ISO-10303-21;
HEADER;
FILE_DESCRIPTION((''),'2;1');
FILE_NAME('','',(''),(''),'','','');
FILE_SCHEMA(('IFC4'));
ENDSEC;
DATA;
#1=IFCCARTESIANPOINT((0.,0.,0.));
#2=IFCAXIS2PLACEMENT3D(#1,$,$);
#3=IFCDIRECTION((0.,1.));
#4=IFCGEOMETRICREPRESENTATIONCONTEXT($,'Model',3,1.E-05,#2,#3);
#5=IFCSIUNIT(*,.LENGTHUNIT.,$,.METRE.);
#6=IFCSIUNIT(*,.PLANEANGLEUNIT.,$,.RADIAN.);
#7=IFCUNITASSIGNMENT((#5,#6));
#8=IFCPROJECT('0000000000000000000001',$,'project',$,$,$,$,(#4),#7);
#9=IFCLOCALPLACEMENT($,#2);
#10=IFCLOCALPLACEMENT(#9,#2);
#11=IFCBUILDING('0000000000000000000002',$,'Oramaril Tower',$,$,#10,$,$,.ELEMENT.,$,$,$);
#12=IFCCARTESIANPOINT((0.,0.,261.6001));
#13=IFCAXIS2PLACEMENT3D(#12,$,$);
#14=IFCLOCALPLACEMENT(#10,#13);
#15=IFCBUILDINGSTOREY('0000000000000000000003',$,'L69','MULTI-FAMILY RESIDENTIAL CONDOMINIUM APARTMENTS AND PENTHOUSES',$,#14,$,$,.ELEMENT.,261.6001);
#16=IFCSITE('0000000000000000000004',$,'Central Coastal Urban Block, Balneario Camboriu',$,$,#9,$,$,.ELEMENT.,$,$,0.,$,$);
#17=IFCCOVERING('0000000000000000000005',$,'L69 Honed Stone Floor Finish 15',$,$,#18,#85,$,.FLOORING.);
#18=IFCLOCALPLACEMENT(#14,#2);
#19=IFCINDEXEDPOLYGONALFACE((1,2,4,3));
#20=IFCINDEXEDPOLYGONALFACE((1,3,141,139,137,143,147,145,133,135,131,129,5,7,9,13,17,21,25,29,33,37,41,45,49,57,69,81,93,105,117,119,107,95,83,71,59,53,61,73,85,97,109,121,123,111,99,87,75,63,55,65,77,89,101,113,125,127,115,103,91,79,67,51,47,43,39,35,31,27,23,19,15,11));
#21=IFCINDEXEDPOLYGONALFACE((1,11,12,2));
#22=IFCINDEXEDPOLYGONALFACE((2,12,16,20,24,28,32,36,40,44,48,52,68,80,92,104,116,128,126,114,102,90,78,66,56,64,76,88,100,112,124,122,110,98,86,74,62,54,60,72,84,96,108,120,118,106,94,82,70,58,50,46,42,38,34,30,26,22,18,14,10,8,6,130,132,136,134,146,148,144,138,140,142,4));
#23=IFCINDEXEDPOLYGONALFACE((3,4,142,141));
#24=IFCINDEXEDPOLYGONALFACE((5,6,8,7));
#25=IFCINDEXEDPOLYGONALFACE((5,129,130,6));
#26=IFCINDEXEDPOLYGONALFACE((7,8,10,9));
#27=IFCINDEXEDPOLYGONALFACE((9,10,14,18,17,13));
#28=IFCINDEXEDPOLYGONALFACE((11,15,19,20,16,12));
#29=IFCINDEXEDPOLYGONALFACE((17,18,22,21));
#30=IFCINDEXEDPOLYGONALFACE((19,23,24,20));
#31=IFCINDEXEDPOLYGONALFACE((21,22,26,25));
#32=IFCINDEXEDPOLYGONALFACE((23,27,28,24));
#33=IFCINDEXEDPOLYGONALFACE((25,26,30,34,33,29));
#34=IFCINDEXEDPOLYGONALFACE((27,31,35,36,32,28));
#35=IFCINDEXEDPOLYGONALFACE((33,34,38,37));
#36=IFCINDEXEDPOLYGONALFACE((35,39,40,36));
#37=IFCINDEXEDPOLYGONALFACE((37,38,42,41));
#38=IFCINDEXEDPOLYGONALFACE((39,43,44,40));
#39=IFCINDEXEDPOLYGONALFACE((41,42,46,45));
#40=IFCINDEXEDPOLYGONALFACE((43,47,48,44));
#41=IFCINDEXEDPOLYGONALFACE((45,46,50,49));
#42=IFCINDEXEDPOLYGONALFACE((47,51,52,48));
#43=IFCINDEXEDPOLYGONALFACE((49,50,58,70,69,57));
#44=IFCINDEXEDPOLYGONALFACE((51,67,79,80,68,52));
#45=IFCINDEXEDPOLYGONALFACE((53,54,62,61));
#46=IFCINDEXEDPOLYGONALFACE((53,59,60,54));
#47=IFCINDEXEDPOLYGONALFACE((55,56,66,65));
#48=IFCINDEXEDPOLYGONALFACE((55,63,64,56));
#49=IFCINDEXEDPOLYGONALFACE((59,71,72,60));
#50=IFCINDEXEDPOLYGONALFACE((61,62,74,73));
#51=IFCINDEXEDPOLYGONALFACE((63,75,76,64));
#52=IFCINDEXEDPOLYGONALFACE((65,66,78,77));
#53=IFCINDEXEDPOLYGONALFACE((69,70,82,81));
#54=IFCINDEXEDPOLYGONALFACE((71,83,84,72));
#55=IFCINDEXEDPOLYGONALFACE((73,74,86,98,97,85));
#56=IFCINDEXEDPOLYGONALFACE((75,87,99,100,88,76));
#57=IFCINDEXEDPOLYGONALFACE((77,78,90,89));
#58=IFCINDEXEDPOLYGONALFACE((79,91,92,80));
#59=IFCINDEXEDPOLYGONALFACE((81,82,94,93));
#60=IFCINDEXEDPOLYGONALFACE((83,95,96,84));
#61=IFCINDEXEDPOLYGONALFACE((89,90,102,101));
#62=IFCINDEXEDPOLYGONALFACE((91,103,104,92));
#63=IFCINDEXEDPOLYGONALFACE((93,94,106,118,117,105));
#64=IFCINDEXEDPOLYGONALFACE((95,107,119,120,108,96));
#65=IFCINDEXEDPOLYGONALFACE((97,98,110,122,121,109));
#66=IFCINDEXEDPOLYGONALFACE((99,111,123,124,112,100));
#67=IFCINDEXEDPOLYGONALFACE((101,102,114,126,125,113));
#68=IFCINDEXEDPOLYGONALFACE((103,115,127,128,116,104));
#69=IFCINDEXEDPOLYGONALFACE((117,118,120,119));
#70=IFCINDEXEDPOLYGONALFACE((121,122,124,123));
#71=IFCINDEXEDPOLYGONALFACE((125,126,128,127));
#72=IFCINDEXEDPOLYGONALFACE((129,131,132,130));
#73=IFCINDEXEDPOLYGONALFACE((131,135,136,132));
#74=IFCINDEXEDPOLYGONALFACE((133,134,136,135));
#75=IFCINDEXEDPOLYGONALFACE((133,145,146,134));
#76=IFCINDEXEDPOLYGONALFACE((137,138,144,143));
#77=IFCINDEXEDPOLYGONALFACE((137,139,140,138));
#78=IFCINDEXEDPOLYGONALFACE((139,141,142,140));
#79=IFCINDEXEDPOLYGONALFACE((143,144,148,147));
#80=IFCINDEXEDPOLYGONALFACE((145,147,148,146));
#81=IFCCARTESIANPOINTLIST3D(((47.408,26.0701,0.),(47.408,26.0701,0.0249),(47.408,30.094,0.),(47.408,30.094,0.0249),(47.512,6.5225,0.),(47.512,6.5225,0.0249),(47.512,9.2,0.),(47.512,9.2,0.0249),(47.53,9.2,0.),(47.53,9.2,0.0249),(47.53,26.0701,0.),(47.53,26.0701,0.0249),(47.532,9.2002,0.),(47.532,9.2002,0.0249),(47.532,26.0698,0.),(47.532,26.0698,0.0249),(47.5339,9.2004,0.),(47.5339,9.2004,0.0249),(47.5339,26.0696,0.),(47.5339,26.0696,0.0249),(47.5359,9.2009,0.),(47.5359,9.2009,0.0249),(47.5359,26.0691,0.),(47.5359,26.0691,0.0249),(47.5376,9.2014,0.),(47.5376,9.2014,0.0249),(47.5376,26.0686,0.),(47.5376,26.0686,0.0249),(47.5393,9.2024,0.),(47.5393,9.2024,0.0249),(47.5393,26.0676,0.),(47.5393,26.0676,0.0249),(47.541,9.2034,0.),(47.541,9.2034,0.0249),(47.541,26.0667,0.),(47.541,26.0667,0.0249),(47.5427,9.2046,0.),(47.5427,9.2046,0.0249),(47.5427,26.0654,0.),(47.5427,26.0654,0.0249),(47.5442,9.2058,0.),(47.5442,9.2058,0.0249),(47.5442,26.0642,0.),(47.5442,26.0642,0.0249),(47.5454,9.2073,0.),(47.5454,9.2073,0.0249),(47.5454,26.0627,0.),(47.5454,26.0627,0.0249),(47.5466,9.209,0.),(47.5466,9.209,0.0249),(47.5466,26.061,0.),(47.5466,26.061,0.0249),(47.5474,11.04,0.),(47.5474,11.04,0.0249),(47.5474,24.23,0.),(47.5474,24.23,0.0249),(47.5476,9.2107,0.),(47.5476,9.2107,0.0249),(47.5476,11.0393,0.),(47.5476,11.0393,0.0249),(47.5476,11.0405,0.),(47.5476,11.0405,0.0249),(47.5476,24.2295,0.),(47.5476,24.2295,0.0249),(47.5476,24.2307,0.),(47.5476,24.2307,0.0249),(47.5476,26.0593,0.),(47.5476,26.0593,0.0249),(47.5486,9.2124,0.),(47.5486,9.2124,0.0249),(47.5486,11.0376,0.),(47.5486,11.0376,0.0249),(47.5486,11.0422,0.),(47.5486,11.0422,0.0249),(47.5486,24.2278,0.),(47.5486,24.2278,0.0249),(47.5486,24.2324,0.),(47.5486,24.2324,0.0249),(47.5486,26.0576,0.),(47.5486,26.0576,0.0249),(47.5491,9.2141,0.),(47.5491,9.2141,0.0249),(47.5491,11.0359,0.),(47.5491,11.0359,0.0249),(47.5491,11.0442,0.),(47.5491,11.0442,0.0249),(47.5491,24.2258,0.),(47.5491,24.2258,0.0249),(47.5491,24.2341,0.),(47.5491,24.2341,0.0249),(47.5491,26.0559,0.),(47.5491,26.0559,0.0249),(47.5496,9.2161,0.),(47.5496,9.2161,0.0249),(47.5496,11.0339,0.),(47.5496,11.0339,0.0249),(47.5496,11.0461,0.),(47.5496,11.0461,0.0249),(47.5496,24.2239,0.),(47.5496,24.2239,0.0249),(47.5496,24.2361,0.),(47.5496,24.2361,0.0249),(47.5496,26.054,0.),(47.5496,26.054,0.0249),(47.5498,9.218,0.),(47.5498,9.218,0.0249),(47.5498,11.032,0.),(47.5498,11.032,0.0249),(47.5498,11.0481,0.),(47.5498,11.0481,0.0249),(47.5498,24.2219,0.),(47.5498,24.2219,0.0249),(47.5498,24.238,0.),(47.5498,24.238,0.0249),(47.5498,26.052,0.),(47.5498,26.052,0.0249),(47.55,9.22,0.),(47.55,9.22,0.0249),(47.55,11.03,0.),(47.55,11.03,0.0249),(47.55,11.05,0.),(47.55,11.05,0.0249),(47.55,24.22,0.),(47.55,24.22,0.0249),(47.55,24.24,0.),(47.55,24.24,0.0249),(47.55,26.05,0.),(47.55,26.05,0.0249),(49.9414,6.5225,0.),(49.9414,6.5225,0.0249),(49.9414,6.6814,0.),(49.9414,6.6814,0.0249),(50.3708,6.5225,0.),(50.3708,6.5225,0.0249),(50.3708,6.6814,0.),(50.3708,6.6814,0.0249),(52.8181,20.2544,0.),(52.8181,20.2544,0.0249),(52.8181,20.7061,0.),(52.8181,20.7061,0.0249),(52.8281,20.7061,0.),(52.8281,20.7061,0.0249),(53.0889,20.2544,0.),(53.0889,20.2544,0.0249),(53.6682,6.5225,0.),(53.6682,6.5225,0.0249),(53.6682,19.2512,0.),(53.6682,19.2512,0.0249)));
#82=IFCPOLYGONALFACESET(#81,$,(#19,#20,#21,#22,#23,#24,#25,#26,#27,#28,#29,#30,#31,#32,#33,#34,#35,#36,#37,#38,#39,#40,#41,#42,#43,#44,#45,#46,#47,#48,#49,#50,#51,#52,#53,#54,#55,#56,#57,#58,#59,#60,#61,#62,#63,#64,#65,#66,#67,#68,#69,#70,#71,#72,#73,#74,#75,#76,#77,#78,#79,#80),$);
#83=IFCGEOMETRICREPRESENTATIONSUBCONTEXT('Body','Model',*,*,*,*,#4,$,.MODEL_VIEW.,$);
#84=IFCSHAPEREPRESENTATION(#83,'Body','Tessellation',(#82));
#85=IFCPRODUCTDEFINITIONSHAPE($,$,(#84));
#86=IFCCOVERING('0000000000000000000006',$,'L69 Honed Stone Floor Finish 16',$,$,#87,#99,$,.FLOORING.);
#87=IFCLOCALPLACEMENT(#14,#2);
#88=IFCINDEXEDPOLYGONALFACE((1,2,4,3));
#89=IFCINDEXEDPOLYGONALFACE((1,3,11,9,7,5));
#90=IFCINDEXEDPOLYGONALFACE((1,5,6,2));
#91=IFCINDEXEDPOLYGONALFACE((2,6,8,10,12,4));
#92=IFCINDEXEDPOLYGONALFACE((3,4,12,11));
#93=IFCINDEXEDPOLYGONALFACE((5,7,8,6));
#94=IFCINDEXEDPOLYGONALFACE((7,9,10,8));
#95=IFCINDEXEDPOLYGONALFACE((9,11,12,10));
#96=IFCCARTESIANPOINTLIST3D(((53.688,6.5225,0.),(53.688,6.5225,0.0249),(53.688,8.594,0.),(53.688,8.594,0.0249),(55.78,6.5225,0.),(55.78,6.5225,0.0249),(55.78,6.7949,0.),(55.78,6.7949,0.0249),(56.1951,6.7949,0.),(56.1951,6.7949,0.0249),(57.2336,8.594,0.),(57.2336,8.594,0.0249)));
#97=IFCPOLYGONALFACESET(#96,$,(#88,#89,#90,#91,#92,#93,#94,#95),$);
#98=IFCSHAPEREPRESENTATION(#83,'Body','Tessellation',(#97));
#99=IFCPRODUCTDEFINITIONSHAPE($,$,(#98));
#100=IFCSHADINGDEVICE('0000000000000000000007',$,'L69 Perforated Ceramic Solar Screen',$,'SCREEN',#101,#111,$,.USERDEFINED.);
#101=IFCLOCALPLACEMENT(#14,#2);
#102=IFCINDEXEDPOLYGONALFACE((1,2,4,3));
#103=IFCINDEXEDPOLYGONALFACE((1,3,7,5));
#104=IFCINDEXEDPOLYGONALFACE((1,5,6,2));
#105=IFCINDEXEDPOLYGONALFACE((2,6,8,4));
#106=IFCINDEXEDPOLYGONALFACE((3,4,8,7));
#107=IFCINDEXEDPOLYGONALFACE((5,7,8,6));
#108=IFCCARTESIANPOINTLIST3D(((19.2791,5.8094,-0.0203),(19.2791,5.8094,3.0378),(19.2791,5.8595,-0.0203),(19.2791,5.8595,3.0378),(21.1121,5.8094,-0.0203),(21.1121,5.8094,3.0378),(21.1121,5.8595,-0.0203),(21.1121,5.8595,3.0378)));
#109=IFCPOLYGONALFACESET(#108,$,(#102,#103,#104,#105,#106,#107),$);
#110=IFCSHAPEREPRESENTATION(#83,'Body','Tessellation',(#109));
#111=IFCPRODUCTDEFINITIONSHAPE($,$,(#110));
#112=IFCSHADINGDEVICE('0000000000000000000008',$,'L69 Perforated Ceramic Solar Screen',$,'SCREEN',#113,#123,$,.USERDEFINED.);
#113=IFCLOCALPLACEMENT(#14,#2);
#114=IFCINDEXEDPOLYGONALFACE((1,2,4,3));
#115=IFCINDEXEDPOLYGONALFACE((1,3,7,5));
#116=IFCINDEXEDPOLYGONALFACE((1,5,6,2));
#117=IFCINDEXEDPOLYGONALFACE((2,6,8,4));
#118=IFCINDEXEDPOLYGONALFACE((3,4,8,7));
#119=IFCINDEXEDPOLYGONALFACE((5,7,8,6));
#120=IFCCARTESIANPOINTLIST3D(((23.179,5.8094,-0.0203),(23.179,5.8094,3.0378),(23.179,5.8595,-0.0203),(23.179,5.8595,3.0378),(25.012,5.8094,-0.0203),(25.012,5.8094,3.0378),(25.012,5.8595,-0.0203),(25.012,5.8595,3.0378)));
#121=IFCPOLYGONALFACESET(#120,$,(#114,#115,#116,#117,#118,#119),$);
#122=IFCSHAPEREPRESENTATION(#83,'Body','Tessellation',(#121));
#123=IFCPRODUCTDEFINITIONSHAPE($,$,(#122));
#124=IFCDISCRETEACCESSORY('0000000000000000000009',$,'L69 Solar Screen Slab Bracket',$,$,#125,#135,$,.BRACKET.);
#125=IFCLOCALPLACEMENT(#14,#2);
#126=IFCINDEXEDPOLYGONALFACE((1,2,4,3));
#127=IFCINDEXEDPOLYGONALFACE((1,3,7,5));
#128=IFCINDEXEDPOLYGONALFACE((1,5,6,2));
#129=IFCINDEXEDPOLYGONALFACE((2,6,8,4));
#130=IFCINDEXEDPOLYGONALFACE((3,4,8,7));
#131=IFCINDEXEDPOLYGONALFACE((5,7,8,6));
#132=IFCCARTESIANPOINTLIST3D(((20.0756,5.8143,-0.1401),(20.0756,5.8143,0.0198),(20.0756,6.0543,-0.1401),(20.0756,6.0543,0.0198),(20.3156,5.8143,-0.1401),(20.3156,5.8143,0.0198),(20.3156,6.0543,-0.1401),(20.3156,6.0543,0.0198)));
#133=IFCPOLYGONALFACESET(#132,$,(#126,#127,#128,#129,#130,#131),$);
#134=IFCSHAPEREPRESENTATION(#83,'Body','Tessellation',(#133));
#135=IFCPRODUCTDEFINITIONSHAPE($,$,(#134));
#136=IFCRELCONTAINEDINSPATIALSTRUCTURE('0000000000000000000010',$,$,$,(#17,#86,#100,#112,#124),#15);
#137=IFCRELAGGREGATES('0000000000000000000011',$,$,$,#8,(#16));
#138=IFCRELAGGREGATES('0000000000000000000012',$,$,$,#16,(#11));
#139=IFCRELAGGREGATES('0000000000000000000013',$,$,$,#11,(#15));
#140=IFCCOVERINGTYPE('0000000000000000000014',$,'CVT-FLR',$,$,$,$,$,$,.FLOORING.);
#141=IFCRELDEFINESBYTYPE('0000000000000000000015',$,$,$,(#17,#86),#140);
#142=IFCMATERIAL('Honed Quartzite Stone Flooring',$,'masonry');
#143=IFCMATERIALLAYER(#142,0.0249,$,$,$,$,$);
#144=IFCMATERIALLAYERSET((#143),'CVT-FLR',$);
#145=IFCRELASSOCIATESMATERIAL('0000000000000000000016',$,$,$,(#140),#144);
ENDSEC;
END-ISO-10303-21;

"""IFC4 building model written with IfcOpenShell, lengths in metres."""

from ifc_helpers import new_model, si_unit, direction, frame, origin, origin_2d, place, context, subcontext, project, spatial, polyline, rectangle, outline, extrude, material, layer, layer_set, type_object, element, save


model = new_model("IFC4")

# Units and contexts
model_context = context("Model", 3, precision=1e-05, world=origin(), true_north=direction((0.0, 1.0)))
body_context = subcontext(model_context, "Body", "Model", "MODEL_VIEW")
ifc_project = project(units=[si_unit("LENGTHUNIT", "METRE"), si_unit("PLANEANGLEUNIT", "RADIAN")], contexts=[model_context])

# Site, building, storey
site_placement = place(None, origin())
site = spatial("IfcSite", under=ifc_project, at=site_placement, Name="Central Coastal Urban Block, Balneario Camboriu", CompositionType="ELEMENT", RefElevation=0.0)
building_placement = place(site_placement, origin())
building = spatial("IfcBuilding", under=site, at=building_placement, Name="Oramaril Tower", CompositionType="ELEMENT")
storey_placement = place(building_placement, frame((0.0, 0.0, 261.6001)))
storey = spatial("IfcBuildingStorey", under=building, at=storey_placement, Name="L69", Description="MULTI-FAMILY RESIDENTIAL CONDOMINIUM APARTMENTS AND PENTHOUSES", CompositionType="ELEMENT", Elevation=261.6001)

# Coverings
ifc_material_1 = material(Name="Honed Quartzite Stone Flooring", Category="masonry")
ifc_layer_1 = layer(ifc_material_1, 0.0249)
ifc_layer_set_1 = layer_set([ifc_layer_1], Name="CVT-FLR")
covering_type_1 = type_object("IfcCoveringType", Name="CVT-FLR", PredefinedType="FLOORING", material=ifc_layer_set_1)
covering_1_placement = place(storey_placement, origin())
element("IfcCovering", 1, at=covering_1_placement, inside=storey, type_object=covering_type_1, Name="L69 Honed Stone Floor Finish 15", PredefinedType="FLOORING", context=body_context, shape_type="SweptSolid", body=[
    extrude(outline(polyline([(52.8281, 20.7061), (52.8181, 20.7061), (52.8181, 20.2544), (53.0889, 20.2544), (53.6682, 19.2512), (53.6682, 6.5225), (50.3708, 6.5225), (50.3708, 6.6814), (49.9414, 6.6814), (49.9414, 6.5225), (47.512, 6.5225), (47.512, 9.2), (47.53, 9.2), (47.532, 9.2002), (47.5339, 9.2004), (47.5359, 9.2009), (47.5376, 9.2014), (47.5393, 9.2024), (47.541, 9.2034), (47.5427, 9.2046), (47.5442, 9.2058), (47.5454, 9.2073), (47.5466, 9.209), (47.5476, 9.2107), (47.5486, 9.2124), (47.5491, 9.2141), (47.5496, 9.2161), (47.5498, 9.218), (47.55, 9.22), (47.55, 11.03), (47.5498, 11.032), (47.5496, 11.0339), (47.5491, 11.0359), (47.5486, 11.0376), (47.5476, 11.0393), (47.5474, 11.04), (47.5476, 11.0405), (47.5486, 11.0422), (47.5491, 11.0442), (47.5496, 11.0461), (47.5498, 11.0481), (47.55, 11.05), (47.55, 24.22), (47.5498, 24.2219), (47.5496, 24.2239), (47.5491, 24.2258), (47.5486, 24.2278), (47.5476, 24.2295), (47.5474, 24.23), (47.5476, 24.2307), (47.5486, 24.2324), (47.5491, 24.2341), (47.5496, 24.2361), (47.5498, 24.238), (47.55, 24.24), (47.55, 26.05), (47.5498, 26.052), (47.5496, 26.054), (47.5491, 26.0559), (47.5486, 26.0576), (47.5476, 26.0593), (47.5466, 26.061), (47.5454, 26.0627), (47.5442, 26.0642), (47.5427, 26.0654), (47.541, 26.0667), (47.5393, 26.0676), (47.5376, 26.0686), (47.5359, 26.0691), (47.5339, 26.0696), (47.532, 26.0698), (47.53, 26.0701), (47.408, 26.0701), (47.408, 30.094), (52.8281, 20.7061)])), origin(), (0.0, 0.0, 1.0), 0.0249),
])
covering_2_placement = place(storey_placement, origin())
element("IfcCovering", 2, at=covering_2_placement, inside=storey, type_object=covering_type_1, Name="L69 Honed Stone Floor Finish 16", PredefinedType="FLOORING", context=body_context, shape_type="SweptSolid", body=[
    extrude(outline(polyline([(56.1951, 6.7949), (55.78, 6.7949), (55.78, 6.5225), (53.688, 6.5225), (53.688, 8.594), (57.2336, 8.594), (56.1951, 6.7949)])), origin(), (0.0, 0.0, 1.0), 0.0249),
])

# Shading devices
for number, where, z_axis, x_axis, name in (
    (3, (20.1956, 5.8345, -0.0203), (0.0, 0.0, 1.0), (1.0, 0.0, 0.0), "L69 Perforated Ceramic Solar Screen"),
    (4, (24.0955, 5.8345, -0.0203), (0.0, 0.0, 1.0), (1.0, 0.0, 0.0), "L69 Perforated Ceramic Solar Screen"),
):
    element("IfcShadingDevice", number, at=place(storey_placement, frame(where, z_axis=z_axis, x_axis=x_axis)), inside=storey, Name=name, ObjectType="SCREEN", PredefinedType="USERDEFINED", context=body_context, shape_type="SweptSolid", body=[
        extrude(rectangle(XDim=1.833, YDim=0.05, at=origin_2d()), origin(), (0.0, 0.0, 1.0), 3.0581),
    ])

# Discrete accessory
discrete_accessory_placement = place(storey_placement, frame((20.1956, 5.9343, -0.1401), z_axis=(0.0, 0.0, 1.0), x_axis=(1.0, 0.0, 0.0)))
element("IfcDiscreteAccessory", 5, at=discrete_accessory_placement, inside=storey, Name="L69 Solar Screen Slab Bracket", PredefinedType="BRACKET", context=body_context, shape_type="SweptSolid", body=[
    extrude(rectangle(XDim=0.24, YDim=0.24, at=origin_2d()), origin(), (0.0, 0.0, 1.0), 0.1599),
])

save(model, "model.ifc")
